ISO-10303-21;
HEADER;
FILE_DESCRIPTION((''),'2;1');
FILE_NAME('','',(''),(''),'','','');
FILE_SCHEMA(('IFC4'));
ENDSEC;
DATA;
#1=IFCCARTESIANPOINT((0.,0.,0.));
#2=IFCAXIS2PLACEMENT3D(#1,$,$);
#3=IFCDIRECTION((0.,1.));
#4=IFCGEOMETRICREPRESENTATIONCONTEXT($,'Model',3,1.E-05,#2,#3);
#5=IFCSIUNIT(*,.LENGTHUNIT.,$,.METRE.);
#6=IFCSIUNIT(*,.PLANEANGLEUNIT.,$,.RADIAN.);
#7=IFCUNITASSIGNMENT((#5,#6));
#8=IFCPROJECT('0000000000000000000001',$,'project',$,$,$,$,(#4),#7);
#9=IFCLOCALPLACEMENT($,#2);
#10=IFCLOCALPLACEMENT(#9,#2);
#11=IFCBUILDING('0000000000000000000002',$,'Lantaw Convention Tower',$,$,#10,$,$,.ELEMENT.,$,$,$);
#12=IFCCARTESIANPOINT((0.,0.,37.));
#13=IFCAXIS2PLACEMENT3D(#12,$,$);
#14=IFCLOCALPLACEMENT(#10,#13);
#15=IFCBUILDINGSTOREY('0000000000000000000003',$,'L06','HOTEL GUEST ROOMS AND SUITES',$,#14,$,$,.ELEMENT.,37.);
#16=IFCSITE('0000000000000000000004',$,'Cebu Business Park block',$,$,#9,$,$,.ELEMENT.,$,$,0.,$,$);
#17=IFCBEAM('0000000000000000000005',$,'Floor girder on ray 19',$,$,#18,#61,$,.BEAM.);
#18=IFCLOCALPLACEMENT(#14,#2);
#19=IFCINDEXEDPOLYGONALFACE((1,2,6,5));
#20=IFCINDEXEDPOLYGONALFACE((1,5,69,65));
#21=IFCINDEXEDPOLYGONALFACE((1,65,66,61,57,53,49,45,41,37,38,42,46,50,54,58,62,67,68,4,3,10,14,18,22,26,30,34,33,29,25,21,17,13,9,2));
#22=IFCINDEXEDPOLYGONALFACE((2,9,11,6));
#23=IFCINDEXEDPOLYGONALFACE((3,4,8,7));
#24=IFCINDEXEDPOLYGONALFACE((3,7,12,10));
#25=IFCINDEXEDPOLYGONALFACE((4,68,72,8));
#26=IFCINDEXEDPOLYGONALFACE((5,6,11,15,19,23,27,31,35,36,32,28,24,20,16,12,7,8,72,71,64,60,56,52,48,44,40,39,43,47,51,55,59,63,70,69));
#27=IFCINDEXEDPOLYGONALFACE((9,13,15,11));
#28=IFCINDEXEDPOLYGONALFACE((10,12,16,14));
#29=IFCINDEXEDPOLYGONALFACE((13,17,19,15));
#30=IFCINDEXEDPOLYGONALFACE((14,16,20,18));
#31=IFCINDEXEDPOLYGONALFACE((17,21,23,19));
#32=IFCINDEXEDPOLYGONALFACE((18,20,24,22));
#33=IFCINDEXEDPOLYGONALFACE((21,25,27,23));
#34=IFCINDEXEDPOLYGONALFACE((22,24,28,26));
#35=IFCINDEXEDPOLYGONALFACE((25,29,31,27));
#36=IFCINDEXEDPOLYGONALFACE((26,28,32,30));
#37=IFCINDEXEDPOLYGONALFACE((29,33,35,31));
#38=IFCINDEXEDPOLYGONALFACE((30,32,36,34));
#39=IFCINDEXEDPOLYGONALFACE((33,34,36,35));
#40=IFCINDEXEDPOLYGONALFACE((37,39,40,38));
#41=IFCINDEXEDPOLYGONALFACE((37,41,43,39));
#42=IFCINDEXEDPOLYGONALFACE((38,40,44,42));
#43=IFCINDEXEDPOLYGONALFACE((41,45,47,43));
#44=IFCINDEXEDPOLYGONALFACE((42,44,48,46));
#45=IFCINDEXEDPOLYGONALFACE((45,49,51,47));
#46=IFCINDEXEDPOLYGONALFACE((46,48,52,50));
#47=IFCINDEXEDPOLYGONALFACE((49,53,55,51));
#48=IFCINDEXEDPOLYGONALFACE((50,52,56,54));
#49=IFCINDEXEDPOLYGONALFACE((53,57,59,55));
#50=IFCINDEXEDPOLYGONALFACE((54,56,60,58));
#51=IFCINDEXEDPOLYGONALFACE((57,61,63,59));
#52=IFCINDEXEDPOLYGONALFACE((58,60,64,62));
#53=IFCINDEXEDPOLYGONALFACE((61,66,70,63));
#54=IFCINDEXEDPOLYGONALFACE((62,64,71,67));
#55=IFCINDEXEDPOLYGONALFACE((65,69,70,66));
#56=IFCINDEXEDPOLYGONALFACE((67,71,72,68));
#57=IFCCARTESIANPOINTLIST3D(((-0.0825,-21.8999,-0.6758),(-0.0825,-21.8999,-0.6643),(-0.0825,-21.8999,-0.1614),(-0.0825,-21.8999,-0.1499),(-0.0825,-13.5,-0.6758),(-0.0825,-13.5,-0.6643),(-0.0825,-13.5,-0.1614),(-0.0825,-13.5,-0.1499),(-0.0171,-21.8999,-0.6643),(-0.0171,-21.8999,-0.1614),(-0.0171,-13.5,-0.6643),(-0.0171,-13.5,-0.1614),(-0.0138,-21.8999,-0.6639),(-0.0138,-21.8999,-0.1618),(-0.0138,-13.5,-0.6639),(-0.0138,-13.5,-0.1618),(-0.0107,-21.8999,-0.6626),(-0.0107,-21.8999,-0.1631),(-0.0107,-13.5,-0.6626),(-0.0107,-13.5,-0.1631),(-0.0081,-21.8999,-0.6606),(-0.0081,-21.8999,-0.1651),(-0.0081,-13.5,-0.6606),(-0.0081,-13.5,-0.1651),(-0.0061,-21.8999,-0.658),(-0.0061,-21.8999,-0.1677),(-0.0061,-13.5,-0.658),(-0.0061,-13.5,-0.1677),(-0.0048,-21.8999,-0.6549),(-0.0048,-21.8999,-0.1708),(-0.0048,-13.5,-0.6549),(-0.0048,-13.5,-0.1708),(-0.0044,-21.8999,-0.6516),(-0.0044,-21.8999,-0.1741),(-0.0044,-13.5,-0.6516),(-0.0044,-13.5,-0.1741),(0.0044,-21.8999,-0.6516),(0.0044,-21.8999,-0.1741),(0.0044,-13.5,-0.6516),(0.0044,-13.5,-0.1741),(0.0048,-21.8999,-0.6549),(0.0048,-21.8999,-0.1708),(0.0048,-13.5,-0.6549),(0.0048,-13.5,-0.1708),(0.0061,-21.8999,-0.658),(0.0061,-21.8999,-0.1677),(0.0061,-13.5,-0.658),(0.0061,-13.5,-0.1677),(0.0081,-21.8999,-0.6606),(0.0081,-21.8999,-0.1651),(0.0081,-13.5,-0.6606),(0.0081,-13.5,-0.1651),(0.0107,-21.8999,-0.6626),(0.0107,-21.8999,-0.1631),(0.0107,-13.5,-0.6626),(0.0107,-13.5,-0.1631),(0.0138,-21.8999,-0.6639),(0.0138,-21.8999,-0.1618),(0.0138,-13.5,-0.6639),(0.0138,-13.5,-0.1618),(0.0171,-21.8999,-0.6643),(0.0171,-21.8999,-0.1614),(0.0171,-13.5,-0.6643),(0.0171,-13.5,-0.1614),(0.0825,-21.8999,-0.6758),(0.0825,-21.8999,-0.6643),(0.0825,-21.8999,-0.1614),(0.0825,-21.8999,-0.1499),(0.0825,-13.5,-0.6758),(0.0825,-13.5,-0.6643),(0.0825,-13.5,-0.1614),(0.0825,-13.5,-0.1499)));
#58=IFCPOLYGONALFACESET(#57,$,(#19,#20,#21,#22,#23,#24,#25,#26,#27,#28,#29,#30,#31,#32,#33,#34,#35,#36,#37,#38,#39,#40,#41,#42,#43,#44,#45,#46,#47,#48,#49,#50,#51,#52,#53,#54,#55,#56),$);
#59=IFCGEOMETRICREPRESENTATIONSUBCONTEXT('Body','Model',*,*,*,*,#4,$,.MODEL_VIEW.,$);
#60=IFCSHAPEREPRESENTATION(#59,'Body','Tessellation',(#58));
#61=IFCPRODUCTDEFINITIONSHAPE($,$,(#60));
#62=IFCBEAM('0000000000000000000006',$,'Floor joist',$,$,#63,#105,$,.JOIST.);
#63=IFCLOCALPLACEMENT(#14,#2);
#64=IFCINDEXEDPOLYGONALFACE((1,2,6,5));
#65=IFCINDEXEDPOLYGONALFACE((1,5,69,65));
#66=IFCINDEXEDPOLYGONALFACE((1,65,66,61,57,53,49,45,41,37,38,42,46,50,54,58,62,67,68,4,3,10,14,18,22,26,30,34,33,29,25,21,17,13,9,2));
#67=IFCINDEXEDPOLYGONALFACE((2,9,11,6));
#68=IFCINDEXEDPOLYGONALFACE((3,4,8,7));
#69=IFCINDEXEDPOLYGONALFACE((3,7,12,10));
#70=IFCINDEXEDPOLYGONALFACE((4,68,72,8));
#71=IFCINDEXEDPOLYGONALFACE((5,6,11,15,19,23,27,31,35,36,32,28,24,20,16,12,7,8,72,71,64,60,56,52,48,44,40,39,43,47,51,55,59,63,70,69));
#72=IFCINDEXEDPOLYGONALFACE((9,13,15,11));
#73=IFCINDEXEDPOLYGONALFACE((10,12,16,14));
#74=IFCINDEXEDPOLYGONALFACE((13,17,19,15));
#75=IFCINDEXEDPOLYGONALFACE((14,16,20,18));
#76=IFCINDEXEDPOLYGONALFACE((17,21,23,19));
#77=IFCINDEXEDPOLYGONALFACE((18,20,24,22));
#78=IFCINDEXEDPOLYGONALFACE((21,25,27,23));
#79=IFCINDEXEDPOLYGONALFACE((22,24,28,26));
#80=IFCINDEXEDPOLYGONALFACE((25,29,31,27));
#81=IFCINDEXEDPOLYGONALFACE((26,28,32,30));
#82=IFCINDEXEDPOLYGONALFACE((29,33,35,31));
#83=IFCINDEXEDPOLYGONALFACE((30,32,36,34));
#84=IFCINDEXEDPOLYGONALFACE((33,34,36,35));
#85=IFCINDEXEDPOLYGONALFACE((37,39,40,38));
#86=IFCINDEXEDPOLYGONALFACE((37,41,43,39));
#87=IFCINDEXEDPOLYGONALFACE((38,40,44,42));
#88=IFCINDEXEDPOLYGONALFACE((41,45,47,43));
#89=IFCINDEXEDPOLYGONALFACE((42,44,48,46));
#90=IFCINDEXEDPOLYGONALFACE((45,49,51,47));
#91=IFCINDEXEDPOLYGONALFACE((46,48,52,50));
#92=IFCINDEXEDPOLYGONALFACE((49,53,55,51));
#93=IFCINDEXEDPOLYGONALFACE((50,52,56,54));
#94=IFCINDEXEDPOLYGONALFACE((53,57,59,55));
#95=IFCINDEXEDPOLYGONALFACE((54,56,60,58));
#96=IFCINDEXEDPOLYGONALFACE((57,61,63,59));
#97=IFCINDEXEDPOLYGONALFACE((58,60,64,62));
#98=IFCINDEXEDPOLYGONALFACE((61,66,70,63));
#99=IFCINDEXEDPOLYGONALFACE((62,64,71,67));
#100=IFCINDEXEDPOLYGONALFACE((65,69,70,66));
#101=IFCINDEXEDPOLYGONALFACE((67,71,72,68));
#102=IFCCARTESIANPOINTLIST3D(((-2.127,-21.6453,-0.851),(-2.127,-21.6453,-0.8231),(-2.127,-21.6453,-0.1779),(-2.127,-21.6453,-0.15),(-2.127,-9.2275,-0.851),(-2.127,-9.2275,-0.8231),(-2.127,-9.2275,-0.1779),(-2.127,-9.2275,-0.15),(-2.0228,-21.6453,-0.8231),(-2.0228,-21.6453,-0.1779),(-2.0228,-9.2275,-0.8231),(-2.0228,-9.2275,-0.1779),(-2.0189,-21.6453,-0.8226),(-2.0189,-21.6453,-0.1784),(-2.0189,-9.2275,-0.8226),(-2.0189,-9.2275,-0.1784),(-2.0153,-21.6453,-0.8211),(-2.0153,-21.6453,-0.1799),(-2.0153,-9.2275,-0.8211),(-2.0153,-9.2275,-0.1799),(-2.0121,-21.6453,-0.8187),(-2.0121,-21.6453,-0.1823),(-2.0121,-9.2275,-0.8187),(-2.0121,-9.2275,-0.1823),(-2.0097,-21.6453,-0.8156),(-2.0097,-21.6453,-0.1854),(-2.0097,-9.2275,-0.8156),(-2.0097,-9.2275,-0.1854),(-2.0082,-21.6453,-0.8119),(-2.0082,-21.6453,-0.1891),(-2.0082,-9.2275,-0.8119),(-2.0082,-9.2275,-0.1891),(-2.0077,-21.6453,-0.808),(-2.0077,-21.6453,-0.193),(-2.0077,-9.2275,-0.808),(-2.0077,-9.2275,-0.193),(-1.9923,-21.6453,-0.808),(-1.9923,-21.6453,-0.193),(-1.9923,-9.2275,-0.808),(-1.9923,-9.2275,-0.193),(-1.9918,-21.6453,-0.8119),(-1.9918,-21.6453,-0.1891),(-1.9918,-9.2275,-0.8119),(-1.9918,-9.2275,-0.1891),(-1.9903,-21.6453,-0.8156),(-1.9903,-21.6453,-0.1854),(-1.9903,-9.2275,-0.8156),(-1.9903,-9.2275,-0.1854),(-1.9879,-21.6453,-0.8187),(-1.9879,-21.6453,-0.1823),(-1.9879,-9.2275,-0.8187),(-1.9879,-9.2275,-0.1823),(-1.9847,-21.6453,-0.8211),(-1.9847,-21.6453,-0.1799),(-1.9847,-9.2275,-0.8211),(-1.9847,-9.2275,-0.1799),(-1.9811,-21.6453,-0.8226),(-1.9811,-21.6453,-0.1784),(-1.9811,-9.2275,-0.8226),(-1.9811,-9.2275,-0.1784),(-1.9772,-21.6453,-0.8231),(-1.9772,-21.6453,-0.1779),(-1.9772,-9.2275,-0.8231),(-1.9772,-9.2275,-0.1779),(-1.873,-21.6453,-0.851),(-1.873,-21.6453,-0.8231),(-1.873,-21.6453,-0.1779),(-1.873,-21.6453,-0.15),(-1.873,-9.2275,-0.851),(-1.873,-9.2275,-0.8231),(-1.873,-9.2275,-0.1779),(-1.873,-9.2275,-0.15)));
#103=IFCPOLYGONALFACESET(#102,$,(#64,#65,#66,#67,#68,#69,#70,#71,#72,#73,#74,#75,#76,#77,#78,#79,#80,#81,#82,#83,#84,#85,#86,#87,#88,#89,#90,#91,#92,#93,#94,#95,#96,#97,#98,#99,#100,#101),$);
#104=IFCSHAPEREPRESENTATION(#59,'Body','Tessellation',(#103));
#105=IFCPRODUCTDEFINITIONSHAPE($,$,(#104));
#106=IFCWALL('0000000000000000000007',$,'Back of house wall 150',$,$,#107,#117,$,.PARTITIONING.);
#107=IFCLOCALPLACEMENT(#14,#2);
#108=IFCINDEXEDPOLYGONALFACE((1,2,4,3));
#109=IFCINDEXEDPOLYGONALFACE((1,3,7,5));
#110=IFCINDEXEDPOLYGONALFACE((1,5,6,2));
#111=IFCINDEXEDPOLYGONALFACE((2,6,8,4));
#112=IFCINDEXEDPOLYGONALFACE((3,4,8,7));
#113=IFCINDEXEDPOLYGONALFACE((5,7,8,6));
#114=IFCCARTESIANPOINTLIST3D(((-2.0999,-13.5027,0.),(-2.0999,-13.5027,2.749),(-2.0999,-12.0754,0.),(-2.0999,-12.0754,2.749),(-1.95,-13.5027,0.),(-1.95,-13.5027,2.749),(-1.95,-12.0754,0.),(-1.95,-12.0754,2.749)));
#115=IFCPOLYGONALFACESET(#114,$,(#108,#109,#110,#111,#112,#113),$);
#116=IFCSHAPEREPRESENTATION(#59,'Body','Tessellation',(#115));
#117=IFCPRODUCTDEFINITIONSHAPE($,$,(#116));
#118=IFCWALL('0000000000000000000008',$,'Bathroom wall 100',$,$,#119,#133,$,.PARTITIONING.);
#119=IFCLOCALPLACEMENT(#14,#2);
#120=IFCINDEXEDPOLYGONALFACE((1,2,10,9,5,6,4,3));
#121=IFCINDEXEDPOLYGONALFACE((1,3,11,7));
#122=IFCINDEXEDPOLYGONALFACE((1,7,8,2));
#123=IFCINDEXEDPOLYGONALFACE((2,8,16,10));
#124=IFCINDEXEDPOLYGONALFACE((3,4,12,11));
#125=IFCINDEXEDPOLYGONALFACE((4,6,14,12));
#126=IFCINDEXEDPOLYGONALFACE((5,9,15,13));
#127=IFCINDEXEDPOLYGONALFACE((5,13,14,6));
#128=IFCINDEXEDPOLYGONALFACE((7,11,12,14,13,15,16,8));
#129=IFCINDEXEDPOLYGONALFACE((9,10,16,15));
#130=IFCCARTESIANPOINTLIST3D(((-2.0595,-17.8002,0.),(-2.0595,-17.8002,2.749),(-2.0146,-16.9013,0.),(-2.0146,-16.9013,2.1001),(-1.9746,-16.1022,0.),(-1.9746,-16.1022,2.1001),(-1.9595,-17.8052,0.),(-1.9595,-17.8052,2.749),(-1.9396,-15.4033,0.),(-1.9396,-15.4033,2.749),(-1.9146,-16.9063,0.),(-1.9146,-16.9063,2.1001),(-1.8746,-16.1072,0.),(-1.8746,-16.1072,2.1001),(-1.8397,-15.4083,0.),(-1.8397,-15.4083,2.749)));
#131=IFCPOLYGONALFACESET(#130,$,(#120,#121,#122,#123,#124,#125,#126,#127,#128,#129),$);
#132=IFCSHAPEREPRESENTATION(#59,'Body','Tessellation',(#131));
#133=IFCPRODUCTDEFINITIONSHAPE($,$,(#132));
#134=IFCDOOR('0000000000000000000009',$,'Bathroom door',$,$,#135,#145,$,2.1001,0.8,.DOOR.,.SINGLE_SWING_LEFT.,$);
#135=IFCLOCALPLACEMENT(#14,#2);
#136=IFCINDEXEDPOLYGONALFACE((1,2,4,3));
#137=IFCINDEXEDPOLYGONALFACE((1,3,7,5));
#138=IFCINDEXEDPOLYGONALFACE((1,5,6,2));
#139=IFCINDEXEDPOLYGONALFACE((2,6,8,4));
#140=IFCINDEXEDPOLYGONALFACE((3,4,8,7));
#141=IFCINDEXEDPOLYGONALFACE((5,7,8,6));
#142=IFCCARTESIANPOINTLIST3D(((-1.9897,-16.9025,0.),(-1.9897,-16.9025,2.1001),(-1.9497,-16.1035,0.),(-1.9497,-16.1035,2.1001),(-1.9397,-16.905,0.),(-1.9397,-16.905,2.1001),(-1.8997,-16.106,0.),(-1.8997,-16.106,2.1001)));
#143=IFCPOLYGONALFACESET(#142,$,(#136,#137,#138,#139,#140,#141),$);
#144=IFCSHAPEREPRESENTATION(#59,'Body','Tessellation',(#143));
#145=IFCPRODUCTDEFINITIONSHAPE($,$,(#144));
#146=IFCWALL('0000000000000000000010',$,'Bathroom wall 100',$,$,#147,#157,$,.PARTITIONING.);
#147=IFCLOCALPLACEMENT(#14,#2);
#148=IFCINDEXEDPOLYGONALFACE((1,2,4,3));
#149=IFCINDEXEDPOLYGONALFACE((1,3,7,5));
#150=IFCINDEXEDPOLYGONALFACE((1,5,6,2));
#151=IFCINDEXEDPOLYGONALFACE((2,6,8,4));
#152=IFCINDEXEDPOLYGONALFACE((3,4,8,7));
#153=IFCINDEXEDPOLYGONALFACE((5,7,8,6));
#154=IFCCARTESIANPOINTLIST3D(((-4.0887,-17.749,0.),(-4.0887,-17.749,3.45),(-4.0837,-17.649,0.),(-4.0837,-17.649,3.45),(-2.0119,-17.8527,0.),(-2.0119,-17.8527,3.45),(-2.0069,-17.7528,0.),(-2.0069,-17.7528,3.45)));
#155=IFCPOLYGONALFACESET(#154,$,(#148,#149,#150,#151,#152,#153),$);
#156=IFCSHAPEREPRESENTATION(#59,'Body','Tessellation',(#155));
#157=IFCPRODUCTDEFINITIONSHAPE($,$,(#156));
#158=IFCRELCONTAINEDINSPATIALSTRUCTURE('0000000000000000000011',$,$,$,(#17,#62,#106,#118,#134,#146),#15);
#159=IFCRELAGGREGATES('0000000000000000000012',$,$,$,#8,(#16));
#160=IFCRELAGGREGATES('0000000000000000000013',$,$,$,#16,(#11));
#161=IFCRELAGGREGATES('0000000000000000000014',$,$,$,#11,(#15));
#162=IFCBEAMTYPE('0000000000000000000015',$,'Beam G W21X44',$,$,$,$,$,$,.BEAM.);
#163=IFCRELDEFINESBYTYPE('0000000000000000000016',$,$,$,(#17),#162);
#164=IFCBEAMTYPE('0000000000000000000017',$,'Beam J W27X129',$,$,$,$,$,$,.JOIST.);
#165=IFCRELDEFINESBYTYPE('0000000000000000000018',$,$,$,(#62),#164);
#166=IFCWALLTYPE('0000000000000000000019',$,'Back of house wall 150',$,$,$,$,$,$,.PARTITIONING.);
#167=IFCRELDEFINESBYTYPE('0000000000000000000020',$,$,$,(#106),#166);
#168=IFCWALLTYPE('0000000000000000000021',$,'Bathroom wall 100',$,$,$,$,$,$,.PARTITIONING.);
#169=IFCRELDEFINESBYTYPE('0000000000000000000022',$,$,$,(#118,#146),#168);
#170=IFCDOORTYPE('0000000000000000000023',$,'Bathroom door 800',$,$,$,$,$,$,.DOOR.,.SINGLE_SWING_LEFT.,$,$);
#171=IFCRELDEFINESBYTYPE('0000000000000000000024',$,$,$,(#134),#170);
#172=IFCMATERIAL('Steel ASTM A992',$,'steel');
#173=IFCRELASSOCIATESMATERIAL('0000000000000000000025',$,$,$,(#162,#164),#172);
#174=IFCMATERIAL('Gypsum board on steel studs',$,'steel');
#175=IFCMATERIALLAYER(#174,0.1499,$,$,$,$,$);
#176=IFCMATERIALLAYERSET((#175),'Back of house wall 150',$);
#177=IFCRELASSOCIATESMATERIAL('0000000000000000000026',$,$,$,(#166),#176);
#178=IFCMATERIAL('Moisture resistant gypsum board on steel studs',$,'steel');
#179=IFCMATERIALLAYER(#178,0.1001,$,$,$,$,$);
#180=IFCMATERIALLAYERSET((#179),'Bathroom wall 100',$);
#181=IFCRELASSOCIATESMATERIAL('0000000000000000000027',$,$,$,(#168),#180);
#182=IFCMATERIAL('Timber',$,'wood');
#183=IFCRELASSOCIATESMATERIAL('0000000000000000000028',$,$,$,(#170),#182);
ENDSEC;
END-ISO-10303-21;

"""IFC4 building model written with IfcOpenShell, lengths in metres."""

from ifc_helpers import new_model, si_unit, direction, frame, frame_2d, origin, origin_2d, place, context, subcontext, project, spatial, rectangle, i_section, extrude, material, layer, layer_set, material_profile, profile_set, type_object, element, fill, save


model = new_model("IFC4")

# Units and contexts
model_context = context("Model", 3, precision=1e-05, world=origin(), true_north=direction((0.0, 1.0)))
body_context = subcontext(model_context, "Body", "Model", "MODEL_VIEW")
ifc_project = project(units=[si_unit("LENGTHUNIT", "METRE"), si_unit("PLANEANGLEUNIT", "RADIAN")], contexts=[model_context])

# Site, building, storey
site_placement = place(None, origin())
site = spatial("IfcSite", under=ifc_project, at=site_placement, Name="Cebu Business Park block", CompositionType="ELEMENT", RefElevation=0.0)
building_placement = place(site_placement, origin())
building = spatial("IfcBuilding", under=site, at=building_placement, Name="Lantaw Convention Tower", CompositionType="ELEMENT")
storey_placement = place(building_placement, frame((0.0, 0.0, 37.0)))
storey = spatial("IfcBuildingStorey", under=building, at=storey_placement, Name="L06", Description="HOTEL GUEST ROOMS AND SUITES", CompositionType="ELEMENT", Elevation=37.0)

# Beams
ifc_material_1 = material(Name="Steel ASTM A992", Category="steel")
ifc_material_profile_1 = material_profile(ifc_material_1, i_section(OverallWidth=0.165, OverallDepth=0.5259, WebThickness=0.0088, FlangeThickness=0.0115, FilletRadius=0.0127, at=origin_2d()), Name="W21X44")
ifc_profile_set_1 = profile_set([ifc_material_profile_1], Name="Steel ASTM A992")
beam_type_1 = type_object("IfcBeamType", Name="Beam G W21X44", PredefinedType="BEAM", material=ifc_profile_set_1)
beam_1_placement = place(storey_placement, frame((0.0, -13.5, -0.4128), z_axis=(0.0, -1.0, 0.0), x_axis=(1.0, 0.0, 0.0)))
element("IfcBeam", 1, at=beam_1_placement, inside=storey, type_object=beam_type_1, Name="Floor girder on ray 19", PredefinedType="BEAM", context=body_context, shape_type="SweptSolid", body=[
    extrude(i_section(OverallWidth=0.165, OverallDepth=0.5259, WebThickness=0.0088, FlangeThickness=0.0115, FilletRadius=0.0127, at=origin_2d()), origin(), (0.0, 0.0, 1.0), 8.3999),
])
ifc_material_profile_2 = material_profile(ifc_material_1, i_section(OverallWidth=0.2539, OverallDepth=0.7009, WebThickness=0.0154, FlangeThickness=0.0278, FilletRadius=0.0151, at=origin_2d()), Name="W27X129")
ifc_profile_set_2 = profile_set([ifc_material_profile_2], Name="Steel ASTM A992")
beam_type_2 = type_object("IfcBeamType", Name="Beam J W27X129", PredefinedType="JOIST", material=ifc_profile_set_2)
beam_2_placement = place(storey_placement, frame((-2.0, -21.6453, -0.5005), z_axis=(0.0, 1.0, 0.0), x_axis=(-1.0, 0.0, 0.0)))
element("IfcBeam", 2, at=beam_2_placement, inside=storey, type_object=beam_type_2, Name="Floor joist", PredefinedType="JOIST", context=body_context, shape_type="SweptSolid", body=[
    extrude(i_section(OverallWidth=0.2539, OverallDepth=0.7009, WebThickness=0.0154, FlangeThickness=0.0278, FilletRadius=0.0151, at=origin_2d()), origin(), (0.0, 0.0, 1.0), 12.4177),
])

# Wall
ifc_material_2 = material(Name="Gypsum board on steel studs", Category="steel")
ifc_layer_1 = layer(ifc_material_2, 0.1499)
ifc_layer_set_1 = layer_set([ifc_layer_1], Name="Back of house wall 150")
wall_type_1 = type_object("IfcWallType", Name="Back of house wall 150", PredefinedType="PARTITIONING", material=ifc_layer_set_1)
wall_1_placement = place(storey_placement, frame((-2.0249, -13.5027, 0.0), z_axis=(0.0, 0.0, 1.0), x_axis=(0.0, 1.0, 0.0)))
element("IfcWall", 3, at=wall_1_placement, inside=storey, type_object=wall_type_1, Name="Back of house wall 150", PredefinedType="PARTITIONING", context=body_context, shape_type="SweptSolid", body=[
    extrude(rectangle(XDim=1.4272, YDim=0.1499, at=frame_2d((0.7136, 0.0))), origin(), (0.0, 0.0, 1.0), 2.749),
])

# Wall, opening, door
ifc_material_3 = material(Name="Moisture resistant gypsum board on steel studs", Category="steel")
ifc_layer_2 = layer(ifc_material_3, 0.1001)
ifc_layer_set_2 = layer_set([ifc_layer_2], Name="Bathroom wall 100")
wall_type_2 = type_object("IfcWallType", Name="Bathroom wall 100", PredefinedType="PARTITIONING", material=ifc_layer_set_2)
wall_2_placement = place(storey_placement, frame((-1.8896, -15.4058, 0.0), z_axis=(0.0, 0.0, 1.0), x_axis=(-0.049948, -0.998752, 0.0)))
wall_2 = element("IfcWall", 4, at=wall_2_placement, inside=storey, type_object=wall_type_2, Name="Bathroom wall 100", PredefinedType="PARTITIONING", context=body_context, shape_type="SweptSolid", body=[
    extrude(rectangle(XDim=2.3999, YDim=0.1001, at=frame_2d((1.2, 0.0))), origin(), (0.0, 0.0, 1.0), 2.749),
])
opening_1_placement = place(wall_2_placement, frame((0.7, 0.0, 0.0)))
opening_1 = element("IfcOpeningElement", 5, at=opening_1_placement, cuts=wall_2, PredefinedType="OPENING", context=body_context, shape_type="SweptSolid", body=[
    extrude(rectangle(XDim=0.8, YDim=2.1001, at=frame_2d((0.3999, 1.05))), frame((0.0, 0.0601, 0.0), z_axis=(0.0, -1.0, 0.0), x_axis=(1.0, 0.0, 0.0)), (0.0, 0.0, 1.0), 0.1201),
])
ifc_material_4 = material(Name="Timber", Category="wood")
door_type_1 = type_object("IfcDoorType", Name="Bathroom door 800", OperationType="SINGLE_SWING_LEFT", PredefinedType="DOOR", material=ifc_material_4)
door_1_placement = place(opening_1_placement, origin())
door_1 = element("IfcDoor", 6, at=door_1_placement, inside=storey, type_object=door_type_1, Name="Bathroom door", OperationType="SINGLE_SWING_LEFT", OverallHeight=2.1001, OverallWidth=0.8, PredefinedType="DOOR", context=body_context, shape_type="SweptSolid", body=[
    extrude(rectangle(XDim=0.8, YDim=2.1001, at=frame_2d((0.3999, 1.05))), frame((0.0, 0.0249, 0.0), z_axis=(0.0, -1.0, 0.0), x_axis=(1.0, 0.0, 0.0)), (0.0, 0.0, 1.0), 0.05),
])
fill(opening_1, door_1)

# Wall
wall_3_placement = place(storey_placement, frame((-2.0095, -17.8027, 0.0), z_axis=(0.0, 0.0, 1.0), x_axis=(-0.998754, 0.049902, 0.0)))
element("IfcWall", 7, at=wall_3_placement, inside=storey, type_object=wall_type_2, Name="Bathroom wall 100", PredefinedType="PARTITIONING", context=body_context, shape_type="SweptSolid", body=[
    extrude(rectangle(XDim=2.0793, YDim=0.1001, at=frame_2d((1.0396, 0.0))), origin(), (0.0, 0.0, 1.0), 3.45),
])

save(model, "model.ifc")
